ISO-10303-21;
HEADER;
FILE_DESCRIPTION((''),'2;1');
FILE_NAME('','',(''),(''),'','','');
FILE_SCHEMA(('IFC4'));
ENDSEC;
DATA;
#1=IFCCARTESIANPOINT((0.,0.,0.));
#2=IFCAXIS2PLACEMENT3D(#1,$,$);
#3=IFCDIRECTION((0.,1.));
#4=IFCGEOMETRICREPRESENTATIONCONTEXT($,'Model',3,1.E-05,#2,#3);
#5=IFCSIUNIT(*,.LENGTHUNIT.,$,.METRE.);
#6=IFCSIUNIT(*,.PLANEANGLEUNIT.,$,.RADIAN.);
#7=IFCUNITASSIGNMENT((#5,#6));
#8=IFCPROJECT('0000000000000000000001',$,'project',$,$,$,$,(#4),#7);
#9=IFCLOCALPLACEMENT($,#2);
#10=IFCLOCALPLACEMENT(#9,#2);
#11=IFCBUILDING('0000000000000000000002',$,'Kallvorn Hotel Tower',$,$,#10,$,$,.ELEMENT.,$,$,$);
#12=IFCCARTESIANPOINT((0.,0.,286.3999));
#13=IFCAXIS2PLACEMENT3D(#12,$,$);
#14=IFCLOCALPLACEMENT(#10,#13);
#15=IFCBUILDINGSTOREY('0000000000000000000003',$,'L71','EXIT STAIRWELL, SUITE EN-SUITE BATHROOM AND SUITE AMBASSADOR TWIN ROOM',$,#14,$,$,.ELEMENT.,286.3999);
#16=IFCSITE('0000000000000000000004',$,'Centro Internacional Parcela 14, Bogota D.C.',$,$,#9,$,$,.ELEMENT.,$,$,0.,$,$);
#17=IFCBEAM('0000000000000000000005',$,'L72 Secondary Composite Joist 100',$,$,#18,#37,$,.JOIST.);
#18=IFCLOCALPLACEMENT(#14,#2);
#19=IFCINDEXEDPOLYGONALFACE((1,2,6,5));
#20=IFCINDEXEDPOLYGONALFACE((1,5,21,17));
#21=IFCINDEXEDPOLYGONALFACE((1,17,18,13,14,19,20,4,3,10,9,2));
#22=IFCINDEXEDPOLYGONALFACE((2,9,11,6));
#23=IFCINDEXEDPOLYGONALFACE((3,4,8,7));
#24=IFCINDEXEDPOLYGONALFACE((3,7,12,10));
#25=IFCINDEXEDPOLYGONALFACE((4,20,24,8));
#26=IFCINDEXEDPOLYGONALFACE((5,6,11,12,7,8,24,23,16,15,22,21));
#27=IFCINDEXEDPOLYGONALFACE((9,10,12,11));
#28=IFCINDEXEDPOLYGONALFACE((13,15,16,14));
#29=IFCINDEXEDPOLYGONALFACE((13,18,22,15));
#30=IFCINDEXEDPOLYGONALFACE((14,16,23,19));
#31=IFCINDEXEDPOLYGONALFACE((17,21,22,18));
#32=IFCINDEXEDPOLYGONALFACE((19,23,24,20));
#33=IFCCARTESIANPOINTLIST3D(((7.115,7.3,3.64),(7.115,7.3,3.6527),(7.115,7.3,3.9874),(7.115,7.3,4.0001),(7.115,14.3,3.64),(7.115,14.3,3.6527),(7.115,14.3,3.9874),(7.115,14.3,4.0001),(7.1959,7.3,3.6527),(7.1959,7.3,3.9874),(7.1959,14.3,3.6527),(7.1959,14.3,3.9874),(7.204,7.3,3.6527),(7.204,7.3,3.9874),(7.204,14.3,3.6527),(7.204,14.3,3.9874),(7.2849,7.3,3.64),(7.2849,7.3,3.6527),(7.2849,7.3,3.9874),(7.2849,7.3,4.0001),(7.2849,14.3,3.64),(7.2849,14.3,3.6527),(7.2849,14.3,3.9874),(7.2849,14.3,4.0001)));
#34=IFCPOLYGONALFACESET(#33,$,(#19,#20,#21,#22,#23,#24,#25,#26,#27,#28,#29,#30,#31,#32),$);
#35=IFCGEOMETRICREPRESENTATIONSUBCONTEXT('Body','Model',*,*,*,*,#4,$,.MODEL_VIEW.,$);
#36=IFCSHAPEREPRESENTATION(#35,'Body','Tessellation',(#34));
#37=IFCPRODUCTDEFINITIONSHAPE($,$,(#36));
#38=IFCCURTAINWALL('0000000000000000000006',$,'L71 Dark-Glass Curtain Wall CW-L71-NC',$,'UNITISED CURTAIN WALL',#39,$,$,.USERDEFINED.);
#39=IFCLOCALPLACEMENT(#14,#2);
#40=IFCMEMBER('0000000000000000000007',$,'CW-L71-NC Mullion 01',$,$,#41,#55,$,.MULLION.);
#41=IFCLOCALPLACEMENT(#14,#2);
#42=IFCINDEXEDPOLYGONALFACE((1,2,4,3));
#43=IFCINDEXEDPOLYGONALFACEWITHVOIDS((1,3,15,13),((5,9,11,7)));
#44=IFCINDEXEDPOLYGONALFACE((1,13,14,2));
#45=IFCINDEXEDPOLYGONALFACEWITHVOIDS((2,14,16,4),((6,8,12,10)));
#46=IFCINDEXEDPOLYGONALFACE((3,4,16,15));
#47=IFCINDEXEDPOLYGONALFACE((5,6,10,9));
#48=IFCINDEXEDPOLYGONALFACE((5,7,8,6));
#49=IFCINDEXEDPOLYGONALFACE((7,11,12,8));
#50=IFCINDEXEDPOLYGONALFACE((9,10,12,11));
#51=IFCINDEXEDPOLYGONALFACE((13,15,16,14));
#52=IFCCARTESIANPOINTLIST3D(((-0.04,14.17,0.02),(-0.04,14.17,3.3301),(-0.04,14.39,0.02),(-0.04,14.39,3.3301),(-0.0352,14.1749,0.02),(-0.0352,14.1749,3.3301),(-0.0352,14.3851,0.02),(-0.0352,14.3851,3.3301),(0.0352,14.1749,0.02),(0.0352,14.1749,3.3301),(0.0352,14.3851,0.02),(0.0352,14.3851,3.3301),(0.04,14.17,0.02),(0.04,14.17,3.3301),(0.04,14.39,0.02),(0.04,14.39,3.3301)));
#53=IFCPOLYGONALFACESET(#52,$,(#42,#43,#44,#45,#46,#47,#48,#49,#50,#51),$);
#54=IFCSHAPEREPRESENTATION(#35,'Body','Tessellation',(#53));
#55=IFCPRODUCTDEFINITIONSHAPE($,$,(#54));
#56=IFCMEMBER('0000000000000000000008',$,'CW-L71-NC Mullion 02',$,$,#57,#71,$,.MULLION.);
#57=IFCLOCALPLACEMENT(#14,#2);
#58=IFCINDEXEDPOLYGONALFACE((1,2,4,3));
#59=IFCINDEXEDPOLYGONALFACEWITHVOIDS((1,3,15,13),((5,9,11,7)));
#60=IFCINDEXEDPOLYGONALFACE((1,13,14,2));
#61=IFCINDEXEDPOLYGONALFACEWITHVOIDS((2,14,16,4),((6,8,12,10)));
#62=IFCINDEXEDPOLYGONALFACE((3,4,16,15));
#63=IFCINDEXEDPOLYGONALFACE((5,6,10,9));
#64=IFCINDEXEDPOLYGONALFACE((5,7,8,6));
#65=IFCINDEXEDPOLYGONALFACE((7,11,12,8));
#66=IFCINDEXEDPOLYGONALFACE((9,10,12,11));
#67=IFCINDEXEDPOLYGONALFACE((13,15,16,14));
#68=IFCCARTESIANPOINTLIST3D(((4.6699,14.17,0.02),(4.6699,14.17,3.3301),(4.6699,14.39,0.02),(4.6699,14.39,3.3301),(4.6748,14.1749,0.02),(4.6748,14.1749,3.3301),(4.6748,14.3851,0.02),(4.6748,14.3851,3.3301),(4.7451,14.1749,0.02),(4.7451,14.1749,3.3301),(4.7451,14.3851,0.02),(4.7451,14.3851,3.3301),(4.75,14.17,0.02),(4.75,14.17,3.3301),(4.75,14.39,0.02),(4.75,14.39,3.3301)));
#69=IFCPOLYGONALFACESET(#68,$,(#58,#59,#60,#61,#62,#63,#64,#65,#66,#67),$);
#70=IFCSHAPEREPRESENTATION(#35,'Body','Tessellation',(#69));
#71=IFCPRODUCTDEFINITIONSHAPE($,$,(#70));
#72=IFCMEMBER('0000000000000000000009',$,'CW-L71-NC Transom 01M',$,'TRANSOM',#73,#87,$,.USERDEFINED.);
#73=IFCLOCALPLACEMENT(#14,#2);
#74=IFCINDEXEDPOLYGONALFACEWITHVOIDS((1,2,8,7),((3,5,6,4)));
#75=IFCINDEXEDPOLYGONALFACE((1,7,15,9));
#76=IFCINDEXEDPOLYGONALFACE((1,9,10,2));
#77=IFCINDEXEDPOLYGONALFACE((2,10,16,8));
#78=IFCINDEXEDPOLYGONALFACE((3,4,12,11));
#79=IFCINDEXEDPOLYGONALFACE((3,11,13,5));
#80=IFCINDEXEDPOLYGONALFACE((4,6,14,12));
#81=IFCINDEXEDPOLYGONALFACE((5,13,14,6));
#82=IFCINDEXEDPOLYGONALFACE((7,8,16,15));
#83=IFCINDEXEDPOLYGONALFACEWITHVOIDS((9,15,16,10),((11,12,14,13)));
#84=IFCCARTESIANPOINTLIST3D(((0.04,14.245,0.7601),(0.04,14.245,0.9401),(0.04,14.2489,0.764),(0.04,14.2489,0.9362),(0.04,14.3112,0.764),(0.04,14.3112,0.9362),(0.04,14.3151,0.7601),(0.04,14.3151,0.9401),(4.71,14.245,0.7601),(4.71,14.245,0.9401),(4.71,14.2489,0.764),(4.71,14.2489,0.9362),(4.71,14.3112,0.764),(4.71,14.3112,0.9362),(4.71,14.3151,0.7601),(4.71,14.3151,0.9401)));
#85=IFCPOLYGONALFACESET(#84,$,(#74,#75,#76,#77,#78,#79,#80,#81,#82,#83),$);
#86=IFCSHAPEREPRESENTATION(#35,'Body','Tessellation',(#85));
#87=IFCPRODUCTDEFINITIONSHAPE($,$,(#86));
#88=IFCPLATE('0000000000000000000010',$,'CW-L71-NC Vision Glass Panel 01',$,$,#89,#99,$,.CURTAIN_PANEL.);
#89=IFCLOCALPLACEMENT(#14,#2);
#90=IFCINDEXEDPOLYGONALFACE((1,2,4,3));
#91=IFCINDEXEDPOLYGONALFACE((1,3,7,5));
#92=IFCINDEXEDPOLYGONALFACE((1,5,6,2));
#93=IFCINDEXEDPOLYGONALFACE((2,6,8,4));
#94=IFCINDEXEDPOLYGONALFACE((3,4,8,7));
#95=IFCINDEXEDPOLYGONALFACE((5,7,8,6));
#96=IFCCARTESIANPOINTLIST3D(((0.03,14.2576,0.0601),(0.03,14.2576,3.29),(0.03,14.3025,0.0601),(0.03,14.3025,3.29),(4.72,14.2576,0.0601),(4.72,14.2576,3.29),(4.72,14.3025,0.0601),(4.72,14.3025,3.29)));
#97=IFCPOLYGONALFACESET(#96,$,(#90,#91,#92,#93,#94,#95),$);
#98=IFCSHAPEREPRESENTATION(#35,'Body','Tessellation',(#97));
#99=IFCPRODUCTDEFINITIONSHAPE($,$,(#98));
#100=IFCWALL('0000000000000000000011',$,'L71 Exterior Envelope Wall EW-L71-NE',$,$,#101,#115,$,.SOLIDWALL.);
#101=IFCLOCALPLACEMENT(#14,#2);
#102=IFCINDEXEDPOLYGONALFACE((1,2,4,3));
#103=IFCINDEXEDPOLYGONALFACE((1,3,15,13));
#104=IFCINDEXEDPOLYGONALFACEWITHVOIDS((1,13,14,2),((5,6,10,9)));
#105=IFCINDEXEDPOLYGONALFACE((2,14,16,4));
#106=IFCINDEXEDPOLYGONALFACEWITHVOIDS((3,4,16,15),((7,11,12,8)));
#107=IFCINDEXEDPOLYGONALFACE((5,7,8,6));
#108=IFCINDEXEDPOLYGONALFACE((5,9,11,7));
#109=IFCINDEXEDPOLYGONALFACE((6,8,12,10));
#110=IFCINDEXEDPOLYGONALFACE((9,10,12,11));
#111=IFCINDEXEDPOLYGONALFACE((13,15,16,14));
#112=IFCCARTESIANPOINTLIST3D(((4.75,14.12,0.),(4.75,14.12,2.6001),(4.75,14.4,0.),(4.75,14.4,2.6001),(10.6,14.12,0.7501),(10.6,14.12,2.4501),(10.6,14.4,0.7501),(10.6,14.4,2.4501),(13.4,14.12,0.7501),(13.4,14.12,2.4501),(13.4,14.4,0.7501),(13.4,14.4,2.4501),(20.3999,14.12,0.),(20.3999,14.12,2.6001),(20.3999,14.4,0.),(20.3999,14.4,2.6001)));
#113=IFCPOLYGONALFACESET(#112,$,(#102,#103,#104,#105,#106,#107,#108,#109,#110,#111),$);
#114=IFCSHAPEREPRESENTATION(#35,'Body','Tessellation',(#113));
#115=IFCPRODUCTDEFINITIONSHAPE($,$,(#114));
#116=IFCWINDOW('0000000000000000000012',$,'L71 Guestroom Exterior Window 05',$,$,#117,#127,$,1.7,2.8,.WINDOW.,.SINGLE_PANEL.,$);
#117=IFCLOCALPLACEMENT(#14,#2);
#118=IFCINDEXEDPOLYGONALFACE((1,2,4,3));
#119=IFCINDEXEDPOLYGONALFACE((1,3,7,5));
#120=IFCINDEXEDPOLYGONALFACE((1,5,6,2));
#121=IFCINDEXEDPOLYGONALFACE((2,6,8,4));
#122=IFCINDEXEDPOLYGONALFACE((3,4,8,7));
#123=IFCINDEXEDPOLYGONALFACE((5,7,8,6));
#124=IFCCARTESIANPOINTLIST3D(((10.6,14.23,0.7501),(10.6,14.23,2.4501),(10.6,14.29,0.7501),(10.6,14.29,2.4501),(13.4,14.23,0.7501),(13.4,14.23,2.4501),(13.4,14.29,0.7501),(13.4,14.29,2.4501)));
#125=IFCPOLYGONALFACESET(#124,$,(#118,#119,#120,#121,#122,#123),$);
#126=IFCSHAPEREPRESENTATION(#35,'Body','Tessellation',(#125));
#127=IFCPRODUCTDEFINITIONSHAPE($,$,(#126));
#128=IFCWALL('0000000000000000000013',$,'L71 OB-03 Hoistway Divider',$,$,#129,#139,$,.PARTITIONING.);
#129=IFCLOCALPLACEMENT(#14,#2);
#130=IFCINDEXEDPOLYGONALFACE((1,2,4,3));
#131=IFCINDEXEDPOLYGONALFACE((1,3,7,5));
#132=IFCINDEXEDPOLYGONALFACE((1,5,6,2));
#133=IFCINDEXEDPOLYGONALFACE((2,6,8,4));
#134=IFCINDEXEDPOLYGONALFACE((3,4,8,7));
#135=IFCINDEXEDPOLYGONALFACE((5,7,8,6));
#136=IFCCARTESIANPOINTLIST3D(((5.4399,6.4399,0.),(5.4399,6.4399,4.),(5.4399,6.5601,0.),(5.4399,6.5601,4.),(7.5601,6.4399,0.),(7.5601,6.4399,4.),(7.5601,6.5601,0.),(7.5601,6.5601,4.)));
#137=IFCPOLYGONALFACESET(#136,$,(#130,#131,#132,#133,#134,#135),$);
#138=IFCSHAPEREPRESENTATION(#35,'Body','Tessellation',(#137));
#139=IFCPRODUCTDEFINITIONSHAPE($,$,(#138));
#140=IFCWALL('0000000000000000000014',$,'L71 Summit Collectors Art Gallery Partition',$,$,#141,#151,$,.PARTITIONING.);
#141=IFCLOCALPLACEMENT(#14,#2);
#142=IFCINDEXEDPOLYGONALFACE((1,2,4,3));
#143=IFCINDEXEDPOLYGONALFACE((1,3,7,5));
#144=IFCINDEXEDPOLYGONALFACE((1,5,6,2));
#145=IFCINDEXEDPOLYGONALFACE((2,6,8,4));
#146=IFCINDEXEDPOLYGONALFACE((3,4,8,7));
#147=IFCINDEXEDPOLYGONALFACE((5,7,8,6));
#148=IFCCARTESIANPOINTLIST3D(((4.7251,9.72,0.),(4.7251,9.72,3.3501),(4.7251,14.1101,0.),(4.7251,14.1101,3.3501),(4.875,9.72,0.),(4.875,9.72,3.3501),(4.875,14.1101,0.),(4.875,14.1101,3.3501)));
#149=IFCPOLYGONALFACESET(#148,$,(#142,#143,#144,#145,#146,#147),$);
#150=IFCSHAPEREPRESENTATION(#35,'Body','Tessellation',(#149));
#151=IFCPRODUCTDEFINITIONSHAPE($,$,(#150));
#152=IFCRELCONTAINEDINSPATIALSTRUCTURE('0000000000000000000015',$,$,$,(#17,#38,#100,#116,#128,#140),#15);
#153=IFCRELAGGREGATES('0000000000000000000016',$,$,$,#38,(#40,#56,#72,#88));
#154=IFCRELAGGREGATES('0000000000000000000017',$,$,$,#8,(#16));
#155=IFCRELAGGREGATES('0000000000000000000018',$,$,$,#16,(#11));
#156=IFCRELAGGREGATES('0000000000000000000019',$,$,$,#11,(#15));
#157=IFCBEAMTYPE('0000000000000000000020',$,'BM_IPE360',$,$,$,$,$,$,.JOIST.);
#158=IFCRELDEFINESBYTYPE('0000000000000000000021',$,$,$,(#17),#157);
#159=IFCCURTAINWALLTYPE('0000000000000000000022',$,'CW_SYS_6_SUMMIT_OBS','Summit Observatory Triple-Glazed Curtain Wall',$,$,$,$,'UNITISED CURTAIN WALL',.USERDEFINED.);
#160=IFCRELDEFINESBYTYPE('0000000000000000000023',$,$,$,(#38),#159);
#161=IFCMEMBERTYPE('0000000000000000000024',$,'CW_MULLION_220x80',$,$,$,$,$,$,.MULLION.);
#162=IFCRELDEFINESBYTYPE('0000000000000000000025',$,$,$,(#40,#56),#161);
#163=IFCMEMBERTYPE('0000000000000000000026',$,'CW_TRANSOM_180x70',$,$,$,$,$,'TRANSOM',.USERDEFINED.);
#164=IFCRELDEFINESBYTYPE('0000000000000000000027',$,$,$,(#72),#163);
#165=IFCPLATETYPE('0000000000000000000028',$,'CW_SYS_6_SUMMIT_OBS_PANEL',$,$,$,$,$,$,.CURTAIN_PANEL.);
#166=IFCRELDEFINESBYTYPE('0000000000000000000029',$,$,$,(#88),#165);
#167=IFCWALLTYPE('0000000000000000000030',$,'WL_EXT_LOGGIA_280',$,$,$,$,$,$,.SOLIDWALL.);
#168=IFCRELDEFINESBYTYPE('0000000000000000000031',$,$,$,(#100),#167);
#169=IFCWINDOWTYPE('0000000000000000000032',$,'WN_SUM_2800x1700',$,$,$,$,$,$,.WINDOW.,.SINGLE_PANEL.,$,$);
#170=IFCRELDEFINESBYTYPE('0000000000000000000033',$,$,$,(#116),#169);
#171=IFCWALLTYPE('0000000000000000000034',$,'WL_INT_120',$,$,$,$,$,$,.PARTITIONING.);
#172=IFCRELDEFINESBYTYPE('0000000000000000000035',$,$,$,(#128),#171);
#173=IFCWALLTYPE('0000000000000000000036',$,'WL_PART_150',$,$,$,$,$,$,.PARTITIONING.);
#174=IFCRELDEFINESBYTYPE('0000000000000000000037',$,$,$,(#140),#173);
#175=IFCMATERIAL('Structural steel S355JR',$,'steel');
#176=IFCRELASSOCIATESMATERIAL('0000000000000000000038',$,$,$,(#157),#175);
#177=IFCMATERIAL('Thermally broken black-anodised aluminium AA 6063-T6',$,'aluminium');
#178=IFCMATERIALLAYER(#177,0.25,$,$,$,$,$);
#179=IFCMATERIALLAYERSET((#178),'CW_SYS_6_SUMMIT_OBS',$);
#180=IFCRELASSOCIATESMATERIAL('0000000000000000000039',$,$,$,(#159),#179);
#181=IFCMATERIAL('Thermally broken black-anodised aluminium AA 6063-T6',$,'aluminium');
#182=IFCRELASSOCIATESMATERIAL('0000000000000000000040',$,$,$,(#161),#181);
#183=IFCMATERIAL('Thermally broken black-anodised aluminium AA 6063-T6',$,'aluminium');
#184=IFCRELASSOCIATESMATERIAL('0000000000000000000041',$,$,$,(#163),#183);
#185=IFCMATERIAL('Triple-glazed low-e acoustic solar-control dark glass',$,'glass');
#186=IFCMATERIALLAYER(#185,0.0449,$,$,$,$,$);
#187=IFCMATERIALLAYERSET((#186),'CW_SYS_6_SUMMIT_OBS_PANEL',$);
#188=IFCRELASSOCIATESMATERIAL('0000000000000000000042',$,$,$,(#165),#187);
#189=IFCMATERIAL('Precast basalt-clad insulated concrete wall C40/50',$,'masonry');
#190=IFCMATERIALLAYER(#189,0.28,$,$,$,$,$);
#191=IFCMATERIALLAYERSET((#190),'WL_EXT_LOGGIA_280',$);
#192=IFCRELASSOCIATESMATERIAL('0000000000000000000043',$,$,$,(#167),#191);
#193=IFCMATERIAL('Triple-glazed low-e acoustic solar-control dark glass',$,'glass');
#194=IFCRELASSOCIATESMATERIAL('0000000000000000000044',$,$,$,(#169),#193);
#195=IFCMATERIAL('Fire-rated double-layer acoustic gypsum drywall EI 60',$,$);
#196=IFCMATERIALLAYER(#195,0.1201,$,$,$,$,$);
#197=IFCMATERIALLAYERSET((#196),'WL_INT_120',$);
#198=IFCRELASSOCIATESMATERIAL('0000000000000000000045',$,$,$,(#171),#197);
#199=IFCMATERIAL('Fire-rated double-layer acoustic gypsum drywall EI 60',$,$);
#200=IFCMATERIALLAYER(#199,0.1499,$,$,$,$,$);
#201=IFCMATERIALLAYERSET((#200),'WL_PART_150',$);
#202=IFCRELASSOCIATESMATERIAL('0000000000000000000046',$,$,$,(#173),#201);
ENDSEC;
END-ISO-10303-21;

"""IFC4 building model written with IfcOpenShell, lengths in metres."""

from ifc_helpers import new_model, si_unit, direction, frame, frame_2d, origin, origin_2d, place, context, subcontext, project, spatial, rectangle, hollow_rectangle, i_section, extrude, material, layer, layer_set, material_profile, profile_set, type_object, element, fill, aggregate, save


model = new_model("IFC4")

# Units and contexts
model_context = context("Model", 3, precision=1e-05, world=origin(), true_north=direction((0.0, 1.0)))
body_context = subcontext(model_context, "Body", "Model", "MODEL_VIEW")
ifc_project = project(units=[si_unit("LENGTHUNIT", "METRE"), si_unit("PLANEANGLEUNIT", "RADIAN")], contexts=[model_context])

# Site, building, storey
site_placement = place(None, origin())
site = spatial("IfcSite", under=ifc_project, at=site_placement, Name="Centro Internacional Parcela 14, Bogota D.C.", CompositionType="ELEMENT", RefElevation=0.0)
building_placement = place(site_placement, origin())
building = spatial("IfcBuilding", under=site, at=building_placement, Name="Kallvorn Hotel Tower", CompositionType="ELEMENT")
storey_placement = place(building_placement, frame((0.0, 0.0, 286.3999)))
storey = spatial("IfcBuildingStorey", under=building, at=storey_placement, Name="L71", Description="EXIT STAIRWELL, SUITE EN-SUITE BATHROOM AND SUITE AMBASSADOR TWIN ROOM", CompositionType="ELEMENT", Elevation=286.3999)

# Beam
ifc_material_1 = material(Name="Structural steel S355JR", Category="steel")
ifc_material_profile_1 = material_profile(ifc_material_1, i_section(OverallWidth=0.1699, OverallDepth=0.3601, WebThickness=0.0081, FlangeThickness=0.0127, at=origin_2d()), Name="IPE 360")
ifc_profile_set_1 = profile_set([ifc_material_profile_1], Name="Structural steel S355JR")
beam_type_1 = type_object("IfcBeamType", Name="BM_IPE360", PredefinedType="JOIST", material=ifc_profile_set_1)
beam_1_placement = place(storey_placement, frame((7.2, 7.3, 3.8201), z_axis=(0.0, 1.0, 0.0), x_axis=(-1.0, 0.0, 0.0)))
element("IfcBeam", 1, at=beam_1_placement, inside=storey, type_object=beam_type_1, Name="L72 Secondary Composite Joist 100", PredefinedType="JOIST", context=body_context, shape_type="SweptSolid", body=[
    extrude(i_section(OverallWidth=0.1699, OverallDepth=0.3601, WebThickness=0.0081, FlangeThickness=0.0127, at=origin_2d()), origin(), (0.0, 0.0, 1.0), 7.0),
])

# Curtain wall, members, plate
ifc_material_2 = material(Name="Thermally broken black-anodised aluminium AA 6063-T6", Category="aluminium")
ifc_layer_1 = layer(ifc_material_2, 0.25)
ifc_layer_set_1 = layer_set([ifc_layer_1], Name="CW_SYS_6_SUMMIT_OBS")
curtain_wall_type = type_object("IfcCurtainWallType", Name="CW_SYS_6_SUMMIT_OBS", Description="Summit Observatory Triple-Glazed Curtain Wall", ElementType="UNITISED CURTAIN WALL", PredefinedType="USERDEFINED", material=ifc_layer_set_1)
curtain_wall_placement = place(storey_placement, origin())
curtain_wall = element("IfcCurtainWall", 2, at=curtain_wall_placement, inside=storey, type_object=curtain_wall_type, Name="L71 Dark-Glass Curtain Wall CW-L71-NC", ObjectType="UNITISED CURTAIN WALL", PredefinedType="USERDEFINED")
ifc_material_3 = material(Name="Thermally broken black-anodised aluminium AA 6063-T6", Category="aluminium")
ifc_material_profile_2 = material_profile(ifc_material_3, hollow_rectangle(XDim=0.0801, YDim=0.22, WallThickness=0.0049, at=origin_2d()), Name="MUL 220x80")
ifc_profile_set_2 = profile_set([ifc_material_profile_2], Name="Thermally broken black-anodised aluminium AA 6063-T6")
member_type_1 = type_object("IfcMemberType", Name="CW_MULLION_220x80", PredefinedType="MULLION", material=ifc_profile_set_2)
member_1_placement = place(storey_placement, frame((0.0, 14.28, 0.02), z_axis=(0.0, 0.0, 1.0), x_axis=(1.0, 0.0, 0.0)))
member_1 = element("IfcMember", 3, at=member_1_placement, type_object=member_type_1, Name="CW-L71-NC Mullion 01", PredefinedType="MULLION", context=body_context, shape_type="SweptSolid", body=[
    extrude(hollow_rectangle(XDim=0.0801, YDim=0.22, WallThickness=0.0049, at=origin_2d()), origin(), (0.0, 0.0, 1.0), 3.3101),
])
member_2_placement = place(storey_placement, frame((4.71, 14.28, 0.02), z_axis=(0.0, 0.0, 1.0), x_axis=(1.0, 0.0, 0.0)))
member_2 = element("IfcMember", 4, at=member_2_placement, type_object=member_type_1, Name="CW-L71-NC Mullion 02", PredefinedType="MULLION", context=body_context, shape_type="SweptSolid", body=[
    extrude(hollow_rectangle(XDim=0.0801, YDim=0.22, WallThickness=0.0049, at=origin_2d()), origin(), (0.0, 0.0, 1.0), 3.3101),
])
ifc_material_4 = material(Name="Thermally broken black-anodised aluminium AA 6063-T6", Category="aluminium")
ifc_material_profile_3 = material_profile(ifc_material_4, hollow_rectangle(XDim=0.0701, YDim=0.1799, WallThickness=0.0039, at=origin_2d()), Name="TRN 180x70")
ifc_profile_set_3 = profile_set([ifc_material_profile_3], Name="Thermally broken black-anodised aluminium AA 6063-T6")
member_type_2 = type_object("IfcMemberType", Name="CW_TRANSOM_180x70", ElementType="TRANSOM", PredefinedType="USERDEFINED", material=ifc_profile_set_3)
member_3_placement = place(storey_placement, frame((0.04, 14.28, 0.8501), z_axis=(1.0, 0.0, 0.0), x_axis=(0.0, 1.0, 0.0)))
member_3 = element("IfcMember", 5, at=member_3_placement, type_object=member_type_2, Name="CW-L71-NC Transom 01M", ObjectType="TRANSOM", PredefinedType="USERDEFINED", context=body_context, shape_type="SweptSolid", body=[
    extrude(hollow_rectangle(XDim=0.0701, YDim=0.1799, WallThickness=0.0039, at=origin_2d()), origin(), (0.0, 0.0, 1.0), 4.6699),
])
ifc_material_5 = material(Name="Triple-glazed low-e acoustic solar-control dark glass", Category="glass")
ifc_layer_2 = layer(ifc_material_5, 0.0449)
ifc_layer_set_2 = layer_set([ifc_layer_2], Name="CW_SYS_6_SUMMIT_OBS_PANEL")
plate_type = type_object("IfcPlateType", Name="CW_SYS_6_SUMMIT_OBS_PANEL", PredefinedType="CURTAIN_PANEL", material=ifc_layer_set_2)
plate_placement = place(storey_placement, frame((2.375, 14.28, 0.0601), z_axis=(0.0, 0.0, 1.0), x_axis=(1.0, 0.0, 0.0)))
plate = element("IfcPlate", 6, at=plate_placement, type_object=plate_type, Name="CW-L71-NC Vision Glass Panel 01", PredefinedType="CURTAIN_PANEL", context=body_context, shape_type="SweptSolid", body=[
    extrude(rectangle(XDim=4.6899, YDim=0.0449, at=origin_2d()), origin(), (0.0, 0.0, 1.0), 3.23),
])
aggregate(curtain_wall, [member_1, member_2, member_3, plate])

# Wall, opening, window
ifc_material_6 = material(Name="Precast basalt-clad insulated concrete wall C40/50", Category="masonry")
ifc_layer_3 = layer(ifc_material_6, 0.28)
ifc_layer_set_3 = layer_set([ifc_layer_3], Name="WL_EXT_LOGGIA_280")
wall_type_1 = type_object("IfcWallType", Name="WL_EXT_LOGGIA_280", PredefinedType="SOLIDWALL", material=ifc_layer_set_3)
wall_1_placement = place(storey_placement, frame((4.75, 14.26, 0.0), z_axis=(0.0, 0.0, 1.0), x_axis=(1.0, 0.0, 0.0)))
wall_1 = element("IfcWall", 7, at=wall_1_placement, inside=storey, type_object=wall_type_1, Name="L71 Exterior Envelope Wall EW-L71-NE", PredefinedType="SOLIDWALL", context=body_context, shape_type="SweptSolid", body=[
    extrude(rectangle(XDim=15.6499, YDim=0.28, at=frame_2d((7.825, 0.0))), origin(), (0.0, 0.0, 1.0), 2.6001),
])
opening_1_placement = place(wall_1_placement, frame((5.8501, 0.0, 0.75)))
opening_1 = element("IfcOpeningElement", 8, at=opening_1_placement, cuts=wall_1, PredefinedType="OPENING", context=body_context, shape_type="SweptSolid", body=[
    extrude(rectangle(XDim=2.8, YDim=1.7, at=frame_2d((1.3999, 0.8501))), frame((0.0, 0.155, 0.0), z_axis=(0.0, -1.0, 0.0), x_axis=(1.0, 0.0, 0.0)), (0.0, 0.0, 1.0), 0.3101),
])
ifc_material_7 = material(Name="Triple-glazed low-e acoustic solar-control dark glass", Category="glass")
window_type = type_object("IfcWindowType", Name="WN_SUM_2800x1700", PartitioningType="SINGLE_PANEL", PredefinedType="WINDOW", material=ifc_material_7)
window_placement = place(opening_1_placement, origin())
window = element("IfcWindow", 9, at=window_placement, inside=storey, type_object=window_type, Name="L71 Guestroom Exterior Window 05", OverallHeight=1.7, OverallWidth=2.8, PartitioningType="SINGLE_PANEL", PredefinedType="WINDOW", context=body_context, shape_type="SweptSolid", body=[
    extrude(rectangle(XDim=2.8, YDim=1.7, at=frame_2d((1.3999, 0.8501))), frame((0.0, 0.03, 0.0), z_axis=(0.0, -1.0, 0.0), x_axis=(1.0, 0.0, 0.0)), (0.0, 0.0, 1.0), 0.0601),
])
fill(opening_1, window)

# Walls
ifc_material_8 = material(Name="Fire-rated double-layer acoustic gypsum drywall EI 60")
ifc_layer_4 = layer(ifc_material_8, 0.1201)
ifc_layer_set_4 = layer_set([ifc_layer_4], Name="WL_INT_120")
wall_type_2 = type_object("IfcWallType", Name="WL_INT_120", PredefinedType="PARTITIONING", material=ifc_layer_set_4)
wall_2_placement = place(storey_placement, frame((5.4399, 6.5, 0.0), z_axis=(0.0, 0.0, 1.0), x_axis=(1.0, 0.0, 0.0)))
element("IfcWall", 10, at=wall_2_placement, inside=storey, type_object=wall_type_2, Name="L71 OB-03 Hoistway Divider", PredefinedType="PARTITIONING", context=body_context, shape_type="SweptSolid", body=[
    extrude(rectangle(XDim=2.1201, YDim=0.1201, at=frame_2d((1.0601, 0.0))), origin(), (0.0, 0.0, 1.0), 4.0),
])
ifc_material_9 = material(Name="Fire-rated double-layer acoustic gypsum drywall EI 60")
ifc_layer_5 = layer(ifc_material_9, 0.1499)
ifc_layer_set_5 = layer_set([ifc_layer_5], Name="WL_PART_150")
wall_type_3 = type_object("IfcWallType", Name="WL_PART_150", PredefinedType="PARTITIONING", material=ifc_layer_set_5)
wall_3_placement = place(storey_placement, frame((4.8, 9.72, 0.0), z_axis=(0.0, 0.0, 1.0), x_axis=(0.0, 1.0, 0.0)))
element("IfcWall", 11, at=wall_3_placement, inside=storey, type_object=wall_type_3, Name="L71 Summit Collectors Art Gallery Partition", PredefinedType="PARTITIONING", context=body_context, shape_type="SweptSolid", body=[
    extrude(rectangle(XDim=4.3901, YDim=0.1499, at=frame_2d((2.1951, 0.0))), origin(), (0.0, 0.0, 1.0), 3.3501),
])

save(model, "model.ifc")
